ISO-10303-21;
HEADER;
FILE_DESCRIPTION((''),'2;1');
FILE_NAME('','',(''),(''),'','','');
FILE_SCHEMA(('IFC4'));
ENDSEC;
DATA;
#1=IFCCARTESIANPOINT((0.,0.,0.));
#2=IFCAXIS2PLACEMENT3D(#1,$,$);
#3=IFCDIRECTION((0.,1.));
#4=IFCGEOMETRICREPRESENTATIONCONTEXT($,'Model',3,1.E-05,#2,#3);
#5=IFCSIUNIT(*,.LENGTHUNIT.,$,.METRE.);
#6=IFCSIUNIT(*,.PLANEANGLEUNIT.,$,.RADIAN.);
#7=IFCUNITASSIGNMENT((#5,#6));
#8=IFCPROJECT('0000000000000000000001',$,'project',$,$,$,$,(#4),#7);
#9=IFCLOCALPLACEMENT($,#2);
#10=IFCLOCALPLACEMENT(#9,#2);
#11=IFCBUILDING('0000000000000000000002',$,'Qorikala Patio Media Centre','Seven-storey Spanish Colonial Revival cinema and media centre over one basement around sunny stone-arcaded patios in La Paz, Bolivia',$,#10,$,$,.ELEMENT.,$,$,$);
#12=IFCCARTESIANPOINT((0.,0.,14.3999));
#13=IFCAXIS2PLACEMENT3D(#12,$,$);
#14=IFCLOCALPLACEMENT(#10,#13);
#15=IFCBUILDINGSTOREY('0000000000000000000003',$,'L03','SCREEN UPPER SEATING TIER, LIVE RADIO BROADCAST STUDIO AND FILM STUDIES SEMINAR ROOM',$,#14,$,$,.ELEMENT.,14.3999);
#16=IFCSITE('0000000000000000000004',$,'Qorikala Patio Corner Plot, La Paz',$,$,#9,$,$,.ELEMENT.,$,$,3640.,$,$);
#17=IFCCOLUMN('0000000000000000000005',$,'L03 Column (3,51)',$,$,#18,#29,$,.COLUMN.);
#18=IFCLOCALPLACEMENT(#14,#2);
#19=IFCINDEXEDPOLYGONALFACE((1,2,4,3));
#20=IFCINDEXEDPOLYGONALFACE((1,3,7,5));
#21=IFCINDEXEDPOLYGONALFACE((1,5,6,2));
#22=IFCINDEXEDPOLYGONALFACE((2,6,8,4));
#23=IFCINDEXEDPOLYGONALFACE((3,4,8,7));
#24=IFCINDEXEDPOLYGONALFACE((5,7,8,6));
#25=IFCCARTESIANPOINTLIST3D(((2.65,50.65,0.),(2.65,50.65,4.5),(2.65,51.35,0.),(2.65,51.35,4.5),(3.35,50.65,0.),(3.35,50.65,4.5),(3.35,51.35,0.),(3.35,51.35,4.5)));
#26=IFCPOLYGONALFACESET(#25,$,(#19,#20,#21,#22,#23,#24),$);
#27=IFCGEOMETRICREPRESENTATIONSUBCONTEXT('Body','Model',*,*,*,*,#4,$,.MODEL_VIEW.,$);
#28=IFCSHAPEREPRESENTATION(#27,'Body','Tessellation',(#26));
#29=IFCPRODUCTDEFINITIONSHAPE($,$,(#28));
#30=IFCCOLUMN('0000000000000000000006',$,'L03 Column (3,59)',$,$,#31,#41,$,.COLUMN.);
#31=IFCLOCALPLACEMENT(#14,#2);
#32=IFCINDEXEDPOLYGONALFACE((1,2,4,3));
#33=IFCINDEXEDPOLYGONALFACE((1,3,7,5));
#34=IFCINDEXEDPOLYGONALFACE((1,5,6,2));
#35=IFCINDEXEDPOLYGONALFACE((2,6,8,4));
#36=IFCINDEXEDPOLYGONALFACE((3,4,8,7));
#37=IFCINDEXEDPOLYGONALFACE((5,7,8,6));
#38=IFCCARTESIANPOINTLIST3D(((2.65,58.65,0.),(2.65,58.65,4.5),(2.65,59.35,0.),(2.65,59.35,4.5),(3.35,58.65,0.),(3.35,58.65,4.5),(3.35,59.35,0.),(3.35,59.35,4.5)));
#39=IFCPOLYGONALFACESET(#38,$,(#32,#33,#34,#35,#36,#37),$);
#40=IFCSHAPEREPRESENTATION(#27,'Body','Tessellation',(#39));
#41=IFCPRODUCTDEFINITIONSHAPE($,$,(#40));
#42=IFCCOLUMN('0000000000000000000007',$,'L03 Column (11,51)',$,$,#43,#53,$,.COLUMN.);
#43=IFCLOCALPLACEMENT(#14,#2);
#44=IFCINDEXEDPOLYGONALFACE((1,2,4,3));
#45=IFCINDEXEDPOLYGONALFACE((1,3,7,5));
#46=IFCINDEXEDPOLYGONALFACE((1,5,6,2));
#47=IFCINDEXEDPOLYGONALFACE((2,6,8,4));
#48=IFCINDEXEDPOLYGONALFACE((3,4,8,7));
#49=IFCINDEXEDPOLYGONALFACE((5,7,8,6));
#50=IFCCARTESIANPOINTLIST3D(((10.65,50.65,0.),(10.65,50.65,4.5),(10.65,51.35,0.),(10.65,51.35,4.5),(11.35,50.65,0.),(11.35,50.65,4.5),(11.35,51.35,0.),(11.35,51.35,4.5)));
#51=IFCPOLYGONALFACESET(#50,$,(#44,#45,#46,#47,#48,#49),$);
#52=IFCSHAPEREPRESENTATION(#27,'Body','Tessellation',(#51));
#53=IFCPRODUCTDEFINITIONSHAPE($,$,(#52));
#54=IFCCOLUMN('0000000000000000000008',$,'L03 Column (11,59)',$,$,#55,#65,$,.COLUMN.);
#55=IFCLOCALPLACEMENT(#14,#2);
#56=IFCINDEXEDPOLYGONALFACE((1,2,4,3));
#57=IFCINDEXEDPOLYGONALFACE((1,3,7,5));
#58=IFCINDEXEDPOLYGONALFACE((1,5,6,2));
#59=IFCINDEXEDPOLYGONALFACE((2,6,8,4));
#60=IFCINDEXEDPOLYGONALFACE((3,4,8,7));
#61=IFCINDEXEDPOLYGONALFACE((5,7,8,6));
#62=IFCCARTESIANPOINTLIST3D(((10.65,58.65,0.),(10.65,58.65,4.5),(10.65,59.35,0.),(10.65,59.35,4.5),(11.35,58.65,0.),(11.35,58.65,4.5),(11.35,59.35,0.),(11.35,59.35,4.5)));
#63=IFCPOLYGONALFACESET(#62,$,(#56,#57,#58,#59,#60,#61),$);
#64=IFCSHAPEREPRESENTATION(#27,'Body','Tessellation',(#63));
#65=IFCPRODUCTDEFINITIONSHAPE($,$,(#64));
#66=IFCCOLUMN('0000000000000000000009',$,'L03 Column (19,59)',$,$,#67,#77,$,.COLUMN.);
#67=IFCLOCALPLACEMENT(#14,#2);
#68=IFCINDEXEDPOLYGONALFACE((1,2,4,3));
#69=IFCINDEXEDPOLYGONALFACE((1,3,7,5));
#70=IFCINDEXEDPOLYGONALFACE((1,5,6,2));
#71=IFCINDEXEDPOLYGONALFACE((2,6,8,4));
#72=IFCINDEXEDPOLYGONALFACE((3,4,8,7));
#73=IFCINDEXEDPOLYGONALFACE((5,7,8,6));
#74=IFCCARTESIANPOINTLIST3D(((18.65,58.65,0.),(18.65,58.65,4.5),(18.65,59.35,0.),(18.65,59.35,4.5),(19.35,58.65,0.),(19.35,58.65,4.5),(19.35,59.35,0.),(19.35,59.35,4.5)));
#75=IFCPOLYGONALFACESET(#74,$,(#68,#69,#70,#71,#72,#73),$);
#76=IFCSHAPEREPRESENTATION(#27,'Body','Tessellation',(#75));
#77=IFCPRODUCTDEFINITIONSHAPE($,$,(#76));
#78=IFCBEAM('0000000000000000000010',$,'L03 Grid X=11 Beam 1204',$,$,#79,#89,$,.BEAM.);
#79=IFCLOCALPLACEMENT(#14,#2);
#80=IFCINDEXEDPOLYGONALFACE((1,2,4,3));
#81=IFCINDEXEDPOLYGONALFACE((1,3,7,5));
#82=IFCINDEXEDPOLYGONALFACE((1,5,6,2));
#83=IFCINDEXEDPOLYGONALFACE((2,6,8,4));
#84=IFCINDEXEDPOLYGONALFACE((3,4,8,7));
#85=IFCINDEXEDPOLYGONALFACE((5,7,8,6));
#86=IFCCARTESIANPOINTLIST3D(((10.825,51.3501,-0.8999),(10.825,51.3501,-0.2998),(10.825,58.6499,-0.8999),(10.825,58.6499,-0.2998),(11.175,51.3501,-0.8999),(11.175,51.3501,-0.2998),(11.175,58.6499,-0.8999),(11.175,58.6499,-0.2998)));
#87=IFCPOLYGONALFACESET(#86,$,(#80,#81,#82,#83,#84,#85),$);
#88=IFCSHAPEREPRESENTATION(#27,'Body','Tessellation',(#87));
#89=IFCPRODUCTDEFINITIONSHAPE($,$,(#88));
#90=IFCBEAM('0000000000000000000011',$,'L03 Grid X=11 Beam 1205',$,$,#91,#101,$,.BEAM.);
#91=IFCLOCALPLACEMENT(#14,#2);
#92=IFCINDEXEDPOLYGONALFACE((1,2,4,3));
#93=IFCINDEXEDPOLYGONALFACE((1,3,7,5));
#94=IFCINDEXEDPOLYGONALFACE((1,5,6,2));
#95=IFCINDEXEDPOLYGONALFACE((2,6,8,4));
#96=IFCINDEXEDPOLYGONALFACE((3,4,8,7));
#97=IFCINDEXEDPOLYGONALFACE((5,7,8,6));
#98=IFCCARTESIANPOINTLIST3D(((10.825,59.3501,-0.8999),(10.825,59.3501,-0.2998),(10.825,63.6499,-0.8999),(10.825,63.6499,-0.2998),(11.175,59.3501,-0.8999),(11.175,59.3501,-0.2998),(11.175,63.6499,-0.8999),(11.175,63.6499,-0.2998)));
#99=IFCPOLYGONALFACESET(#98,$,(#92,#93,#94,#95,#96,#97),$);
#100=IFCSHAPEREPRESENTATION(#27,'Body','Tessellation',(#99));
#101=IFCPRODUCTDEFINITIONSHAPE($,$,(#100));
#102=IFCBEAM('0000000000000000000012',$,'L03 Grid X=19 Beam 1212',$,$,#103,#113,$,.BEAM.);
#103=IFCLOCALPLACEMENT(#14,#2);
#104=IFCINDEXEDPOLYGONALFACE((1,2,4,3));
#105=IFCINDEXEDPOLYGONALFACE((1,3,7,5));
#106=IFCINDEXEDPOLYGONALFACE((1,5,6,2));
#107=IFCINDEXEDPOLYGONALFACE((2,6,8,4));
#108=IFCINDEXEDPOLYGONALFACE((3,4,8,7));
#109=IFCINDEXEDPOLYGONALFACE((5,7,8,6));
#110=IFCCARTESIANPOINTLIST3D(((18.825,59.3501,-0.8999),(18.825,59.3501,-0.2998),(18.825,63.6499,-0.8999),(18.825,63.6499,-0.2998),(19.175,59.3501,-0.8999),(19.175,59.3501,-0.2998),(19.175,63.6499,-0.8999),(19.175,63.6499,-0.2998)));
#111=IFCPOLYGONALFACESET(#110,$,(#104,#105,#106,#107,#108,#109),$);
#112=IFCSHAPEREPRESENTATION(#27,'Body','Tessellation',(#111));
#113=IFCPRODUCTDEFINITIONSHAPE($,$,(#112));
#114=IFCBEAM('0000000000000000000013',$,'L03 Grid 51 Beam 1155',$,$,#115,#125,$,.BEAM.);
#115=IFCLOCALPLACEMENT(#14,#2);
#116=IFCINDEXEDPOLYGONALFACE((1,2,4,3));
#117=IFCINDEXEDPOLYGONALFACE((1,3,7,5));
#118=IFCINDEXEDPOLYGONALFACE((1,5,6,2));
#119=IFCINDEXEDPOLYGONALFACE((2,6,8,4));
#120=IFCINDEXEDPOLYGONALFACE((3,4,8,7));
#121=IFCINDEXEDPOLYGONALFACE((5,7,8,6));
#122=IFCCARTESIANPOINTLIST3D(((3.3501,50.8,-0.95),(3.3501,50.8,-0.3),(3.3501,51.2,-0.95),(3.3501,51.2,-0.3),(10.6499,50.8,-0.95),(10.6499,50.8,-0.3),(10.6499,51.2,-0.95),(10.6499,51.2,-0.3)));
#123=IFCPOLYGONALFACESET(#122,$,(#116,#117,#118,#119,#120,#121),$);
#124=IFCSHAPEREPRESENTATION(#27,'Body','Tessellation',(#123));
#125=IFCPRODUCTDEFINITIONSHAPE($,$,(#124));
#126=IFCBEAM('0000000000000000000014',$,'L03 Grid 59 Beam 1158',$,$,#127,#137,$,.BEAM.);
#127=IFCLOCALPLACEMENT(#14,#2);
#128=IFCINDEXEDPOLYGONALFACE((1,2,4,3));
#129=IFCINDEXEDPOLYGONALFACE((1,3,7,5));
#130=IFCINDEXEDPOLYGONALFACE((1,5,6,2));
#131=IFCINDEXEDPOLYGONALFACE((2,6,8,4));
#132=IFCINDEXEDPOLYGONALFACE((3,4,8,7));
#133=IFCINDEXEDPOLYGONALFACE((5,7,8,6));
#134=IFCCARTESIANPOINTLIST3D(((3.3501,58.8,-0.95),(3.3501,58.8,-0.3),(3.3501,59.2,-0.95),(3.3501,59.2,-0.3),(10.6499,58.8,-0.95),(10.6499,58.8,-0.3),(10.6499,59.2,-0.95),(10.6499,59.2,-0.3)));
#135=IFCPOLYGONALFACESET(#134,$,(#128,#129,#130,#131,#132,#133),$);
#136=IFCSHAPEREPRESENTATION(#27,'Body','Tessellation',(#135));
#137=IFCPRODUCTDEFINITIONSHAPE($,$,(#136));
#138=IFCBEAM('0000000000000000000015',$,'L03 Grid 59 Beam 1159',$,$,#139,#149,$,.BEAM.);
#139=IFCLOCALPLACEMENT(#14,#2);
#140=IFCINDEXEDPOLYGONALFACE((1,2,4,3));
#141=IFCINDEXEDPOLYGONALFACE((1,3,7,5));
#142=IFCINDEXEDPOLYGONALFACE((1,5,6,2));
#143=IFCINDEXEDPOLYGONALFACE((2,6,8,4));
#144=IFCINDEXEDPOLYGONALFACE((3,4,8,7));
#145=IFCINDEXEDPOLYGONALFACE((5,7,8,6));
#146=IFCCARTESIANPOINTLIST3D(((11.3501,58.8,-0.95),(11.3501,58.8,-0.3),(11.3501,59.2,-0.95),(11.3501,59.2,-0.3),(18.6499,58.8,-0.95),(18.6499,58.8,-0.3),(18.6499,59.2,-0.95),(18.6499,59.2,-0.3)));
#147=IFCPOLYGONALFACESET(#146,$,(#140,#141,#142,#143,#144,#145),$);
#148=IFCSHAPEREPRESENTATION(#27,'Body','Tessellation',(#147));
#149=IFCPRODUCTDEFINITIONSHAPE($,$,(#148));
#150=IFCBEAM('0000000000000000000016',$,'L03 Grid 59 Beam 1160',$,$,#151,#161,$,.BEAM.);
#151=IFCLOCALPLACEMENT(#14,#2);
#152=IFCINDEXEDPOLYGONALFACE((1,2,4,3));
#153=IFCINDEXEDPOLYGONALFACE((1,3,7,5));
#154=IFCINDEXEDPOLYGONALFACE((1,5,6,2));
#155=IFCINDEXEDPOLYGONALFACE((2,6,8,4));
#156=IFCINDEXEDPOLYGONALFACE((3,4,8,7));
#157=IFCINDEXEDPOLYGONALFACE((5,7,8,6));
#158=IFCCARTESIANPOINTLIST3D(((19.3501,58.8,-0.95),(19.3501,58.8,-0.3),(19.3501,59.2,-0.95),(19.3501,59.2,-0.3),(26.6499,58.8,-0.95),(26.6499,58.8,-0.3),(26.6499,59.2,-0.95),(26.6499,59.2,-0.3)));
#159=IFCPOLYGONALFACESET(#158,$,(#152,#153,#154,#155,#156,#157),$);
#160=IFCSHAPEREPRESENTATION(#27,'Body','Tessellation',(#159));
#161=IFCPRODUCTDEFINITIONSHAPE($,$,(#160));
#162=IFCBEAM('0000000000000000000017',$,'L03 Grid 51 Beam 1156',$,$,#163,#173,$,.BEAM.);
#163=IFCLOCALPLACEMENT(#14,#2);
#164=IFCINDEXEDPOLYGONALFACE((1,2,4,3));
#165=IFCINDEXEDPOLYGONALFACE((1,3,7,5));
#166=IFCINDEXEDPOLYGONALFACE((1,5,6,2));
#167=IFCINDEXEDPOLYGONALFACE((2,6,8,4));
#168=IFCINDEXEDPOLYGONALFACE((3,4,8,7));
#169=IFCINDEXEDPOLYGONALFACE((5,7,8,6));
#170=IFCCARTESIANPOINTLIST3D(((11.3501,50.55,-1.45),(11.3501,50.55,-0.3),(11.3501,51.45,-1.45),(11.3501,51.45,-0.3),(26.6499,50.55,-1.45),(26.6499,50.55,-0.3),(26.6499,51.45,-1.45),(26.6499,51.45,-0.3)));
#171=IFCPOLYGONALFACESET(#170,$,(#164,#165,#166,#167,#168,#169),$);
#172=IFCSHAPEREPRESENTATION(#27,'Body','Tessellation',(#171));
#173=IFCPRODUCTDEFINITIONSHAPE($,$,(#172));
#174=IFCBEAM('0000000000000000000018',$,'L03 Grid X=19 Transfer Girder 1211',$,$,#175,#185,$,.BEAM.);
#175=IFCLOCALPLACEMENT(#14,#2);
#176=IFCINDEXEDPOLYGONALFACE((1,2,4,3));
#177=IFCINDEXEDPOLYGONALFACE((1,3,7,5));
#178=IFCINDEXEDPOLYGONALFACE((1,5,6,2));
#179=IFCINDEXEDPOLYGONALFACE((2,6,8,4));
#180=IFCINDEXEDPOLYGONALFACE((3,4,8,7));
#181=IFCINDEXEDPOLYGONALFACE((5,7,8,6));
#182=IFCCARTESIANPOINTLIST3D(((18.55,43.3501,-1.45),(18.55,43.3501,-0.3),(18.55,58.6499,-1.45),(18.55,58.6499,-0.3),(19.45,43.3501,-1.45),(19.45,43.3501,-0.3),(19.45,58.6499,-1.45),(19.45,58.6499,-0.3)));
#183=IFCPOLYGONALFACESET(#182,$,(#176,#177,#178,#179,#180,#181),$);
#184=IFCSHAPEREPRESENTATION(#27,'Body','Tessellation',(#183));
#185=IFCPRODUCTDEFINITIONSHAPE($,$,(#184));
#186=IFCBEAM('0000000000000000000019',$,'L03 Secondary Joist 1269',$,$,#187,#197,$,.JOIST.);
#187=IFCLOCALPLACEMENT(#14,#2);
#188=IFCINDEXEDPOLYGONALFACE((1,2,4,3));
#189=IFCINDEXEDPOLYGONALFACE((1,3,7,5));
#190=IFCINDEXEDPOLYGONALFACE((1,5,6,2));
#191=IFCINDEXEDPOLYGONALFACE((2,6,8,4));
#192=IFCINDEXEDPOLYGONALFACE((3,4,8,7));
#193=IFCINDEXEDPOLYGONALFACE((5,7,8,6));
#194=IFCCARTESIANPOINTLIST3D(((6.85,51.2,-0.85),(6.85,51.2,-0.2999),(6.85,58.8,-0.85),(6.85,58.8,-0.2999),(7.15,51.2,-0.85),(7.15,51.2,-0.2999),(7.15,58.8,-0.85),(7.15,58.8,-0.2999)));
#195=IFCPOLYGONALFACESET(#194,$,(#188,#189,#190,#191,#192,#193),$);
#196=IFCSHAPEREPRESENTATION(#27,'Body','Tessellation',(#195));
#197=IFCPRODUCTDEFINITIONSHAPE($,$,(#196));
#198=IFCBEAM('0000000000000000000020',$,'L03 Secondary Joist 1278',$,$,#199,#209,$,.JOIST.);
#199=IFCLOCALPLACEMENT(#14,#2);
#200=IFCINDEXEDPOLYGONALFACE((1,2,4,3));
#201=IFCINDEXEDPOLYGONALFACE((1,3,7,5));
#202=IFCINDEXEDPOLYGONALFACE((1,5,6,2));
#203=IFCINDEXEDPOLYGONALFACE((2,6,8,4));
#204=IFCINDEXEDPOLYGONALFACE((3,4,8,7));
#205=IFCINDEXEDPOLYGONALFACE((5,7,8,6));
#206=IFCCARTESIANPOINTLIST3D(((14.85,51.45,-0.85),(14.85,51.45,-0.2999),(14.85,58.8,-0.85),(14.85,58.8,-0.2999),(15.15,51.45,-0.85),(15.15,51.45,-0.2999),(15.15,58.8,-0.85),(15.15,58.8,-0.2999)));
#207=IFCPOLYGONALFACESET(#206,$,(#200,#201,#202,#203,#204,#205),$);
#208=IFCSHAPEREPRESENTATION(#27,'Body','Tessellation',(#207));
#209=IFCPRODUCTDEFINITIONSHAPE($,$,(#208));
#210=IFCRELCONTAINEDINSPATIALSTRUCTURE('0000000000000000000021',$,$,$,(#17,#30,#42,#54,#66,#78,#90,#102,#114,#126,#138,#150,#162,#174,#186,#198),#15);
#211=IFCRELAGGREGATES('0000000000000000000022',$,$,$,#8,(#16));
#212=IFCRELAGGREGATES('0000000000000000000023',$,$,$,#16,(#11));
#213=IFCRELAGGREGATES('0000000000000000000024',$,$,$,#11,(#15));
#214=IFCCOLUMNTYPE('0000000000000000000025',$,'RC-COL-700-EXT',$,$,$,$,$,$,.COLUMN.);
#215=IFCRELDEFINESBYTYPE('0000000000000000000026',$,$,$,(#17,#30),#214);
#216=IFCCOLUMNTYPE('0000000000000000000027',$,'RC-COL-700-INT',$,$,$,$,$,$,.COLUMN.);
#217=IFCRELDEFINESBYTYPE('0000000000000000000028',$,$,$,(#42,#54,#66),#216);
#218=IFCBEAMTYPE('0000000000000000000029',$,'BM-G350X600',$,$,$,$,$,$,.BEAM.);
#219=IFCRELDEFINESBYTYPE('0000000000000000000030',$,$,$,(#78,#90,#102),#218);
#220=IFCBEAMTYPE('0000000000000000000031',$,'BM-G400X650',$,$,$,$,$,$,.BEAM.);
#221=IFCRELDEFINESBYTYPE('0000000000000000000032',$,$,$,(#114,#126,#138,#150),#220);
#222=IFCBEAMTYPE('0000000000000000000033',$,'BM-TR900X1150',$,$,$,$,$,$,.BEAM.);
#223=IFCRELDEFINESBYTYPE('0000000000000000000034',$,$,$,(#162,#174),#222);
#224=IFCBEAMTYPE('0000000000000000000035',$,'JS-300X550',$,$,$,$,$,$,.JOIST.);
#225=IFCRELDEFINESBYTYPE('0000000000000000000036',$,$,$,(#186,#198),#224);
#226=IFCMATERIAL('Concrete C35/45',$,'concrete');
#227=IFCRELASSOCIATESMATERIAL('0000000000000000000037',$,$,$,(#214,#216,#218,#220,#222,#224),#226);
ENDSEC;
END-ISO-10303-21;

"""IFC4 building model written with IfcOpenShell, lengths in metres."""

from ifc_helpers import new_model, si_unit, direction, frame, origin, origin_2d, place, context, subcontext, project, spatial, rectangle, extrude, material, material_profile, profile_set, type_object, element, save


model = new_model("IFC4")

# Units and contexts
model_context = context("Model", 3, precision=1e-05, world=origin(), true_north=direction((0.0, 1.0)))
body_context = subcontext(model_context, "Body", "Model", "MODEL_VIEW")
ifc_project = project(units=[si_unit("LENGTHUNIT", "METRE"), si_unit("PLANEANGLEUNIT", "RADIAN")], contexts=[model_context])

# Site, building, storey
site_placement = place(None, origin())
site = spatial("IfcSite", under=ifc_project, at=site_placement, Name="Qorikala Patio Corner Plot, La Paz", CompositionType="ELEMENT", RefElevation=3640.0)
building_placement = place(site_placement, origin())
building = spatial("IfcBuilding", under=site, at=building_placement, Name="Qorikala Patio Media Centre", Description="Seven-storey Spanish Colonial Revival cinema and media centre over one basement around sunny stone-arcaded patios in La Paz, Bolivia", CompositionType="ELEMENT")
storey_placement = place(building_placement, frame((0.0, 0.0, 14.3999)))
storey = spatial("IfcBuildingStorey", under=building, at=storey_placement, Name="L03", Description="SCREEN UPPER SEATING TIER, LIVE RADIO BROADCAST STUDIO AND FILM STUDIES SEMINAR ROOM", CompositionType="ELEMENT", Elevation=14.3999)

# Columns
ifc_material_1 = material(Name="Concrete C35/45", Category="concrete")
ifc_material_profile_1 = material_profile(ifc_material_1, rectangle(XDim=0.7, YDim=0.7, at=origin_2d()), Name="RC 700x700")
ifc_profile_set_1 = profile_set([ifc_material_profile_1], Name="Concrete C35/45")
column_type_1 = type_object("IfcColumnType", Name="RC-COL-700-EXT", PredefinedType="COLUMN", material=ifc_profile_set_1)
for number, where, z_axis, x_axis, name in (
    (1, (3.0, 51.0, 0.0), (0.0, 0.0, 1.0), (1.0, 0.0, 0.0), "L03 Column (3,51)"),
    (2, (3.0, 59.0, 0.0), (0.0, 0.0, 1.0), (1.0, 0.0, 0.0), "L03 Column (3,59)"),
):
    element("IfcColumn", number, at=place(storey_placement, frame(where, z_axis=z_axis, x_axis=x_axis)), inside=storey, type_object=column_type_1, Name=name, PredefinedType="COLUMN", context=body_context, shape_type="SweptSolid", body=[
        extrude(rectangle(XDim=0.7, YDim=0.7, at=origin_2d()), origin(), (0.0, 0.0, 1.0), 4.5),
    ])
ifc_material_profile_2 = material_profile(ifc_material_1, rectangle(XDim=0.7, YDim=0.7, at=origin_2d()), Name="RC 700x700")
ifc_profile_set_2 = profile_set([ifc_material_profile_2], Name="Concrete C35/45")
column_type_2 = type_object("IfcColumnType", Name="RC-COL-700-INT", PredefinedType="COLUMN", material=ifc_profile_set_2)
for number, where, z_axis, x_axis, name in (
    (3, (11.0, 51.0, 0.0), (0.0, 0.0, 1.0), (1.0, 0.0, 0.0), "L03 Column (11,51)"),
    (4, (11.0, 59.0, 0.0), (0.0, 0.0, 1.0), (1.0, 0.0, 0.0), "L03 Column (11,59)"),
    (5, (19.0, 59.0, 0.0), (0.0, 0.0, 1.0), (1.0, 0.0, 0.0), "L03 Column (19,59)"),
):
    element("IfcColumn", number, at=place(storey_placement, frame(where, z_axis=z_axis, x_axis=x_axis)), inside=storey, type_object=column_type_2, Name=name, PredefinedType="COLUMN", context=body_context, shape_type="SweptSolid", body=[
        extrude(rectangle(XDim=0.7, YDim=0.7, at=origin_2d()), origin(), (0.0, 0.0, 1.0), 4.5),
    ])

# Beams
ifc_material_profile_3 = material_profile(ifc_material_1, rectangle(XDim=0.3501, YDim=0.6001, at=origin_2d()), Name="RC 350x600")
ifc_profile_set_3 = profile_set([ifc_material_profile_3], Name="Concrete C35/45")
beam_type_1 = type_object("IfcBeamType", Name="BM-G350X600", PredefinedType="BEAM", material=ifc_profile_set_3)
beam_1_placement = place(storey_placement, frame((11.0, 51.3501, -0.5999), z_axis=(0.0, 1.0, 0.0), x_axis=(-1.0, 0.0, 0.0)))
element("IfcBeam", 6, at=beam_1_placement, inside=storey, type_object=beam_type_1, Name="L03 Grid X=11 Beam 1204", PredefinedType="BEAM", context=body_context, shape_type="SweptSolid", body=[
    extrude(rectangle(XDim=0.3501, YDim=0.6001, at=origin_2d()), origin(), (0.0, 0.0, 1.0), 7.2998),
])
for number, where, z_axis, x_axis, name in (
    (7, (11.0, 59.3501, -0.5999), (0.0, 1.0, 0.0), (-1.0, 0.0, 0.0), "L03 Grid X=11 Beam 1205"),
    (8, (19.0, 59.3501, -0.5999), (0.0, 1.0, 0.0), (-1.0, 0.0, 0.0), "L03 Grid X=19 Beam 1212"),
):
    element("IfcBeam", number, at=place(storey_placement, frame(where, z_axis=z_axis, x_axis=x_axis)), inside=storey, type_object=beam_type_1, Name=name, PredefinedType="BEAM", context=body_context, shape_type="SweptSolid", body=[
        extrude(rectangle(XDim=0.3501, YDim=0.6001, at=origin_2d()), origin(), (0.0, 0.0, 1.0), 4.2998),
    ])
ifc_material_profile_4 = material_profile(ifc_material_1, rectangle(XDim=0.3999, YDim=0.6499, at=origin_2d()), Name="RC 400x650")
ifc_profile_set_4 = profile_set([ifc_material_profile_4], Name="Concrete C35/45")
beam_type_2 = type_object("IfcBeamType", Name="BM-G400X650", PredefinedType="BEAM", material=ifc_profile_set_4)
for number, where, z_axis, x_axis, name in (
    (9, (3.3501, 51.0, -0.625), (1.0, 0.0, 0.0), (0.0, 1.0, 0.0), "L03 Grid 51 Beam 1155"),
    (10, (3.3501, 59.0, -0.625), (1.0, 0.0, 0.0), (0.0, 1.0, 0.0), "L03 Grid 59 Beam 1158"),
    (11, (11.3501, 59.0, -0.625), (1.0, 0.0, 0.0), (0.0, 1.0, 0.0), "L03 Grid 59 Beam 1159"),
    (12, (19.3501, 59.0, -0.625), (1.0, 0.0, 0.0), (0.0, 1.0, 0.0), "L03 Grid 59 Beam 1160"),
):
    element("IfcBeam", number, at=place(storey_placement, frame(where, z_axis=z_axis, x_axis=x_axis)), inside=storey, type_object=beam_type_2, Name=name, PredefinedType="BEAM", context=body_context, shape_type="SweptSolid", body=[
        extrude(rectangle(XDim=0.3999, YDim=0.6499, at=origin_2d()), origin(), (0.0, 0.0, 1.0), 7.2998),
    ])
ifc_material_profile_5 = material_profile(ifc_material_1, rectangle(XDim=0.8999, YDim=1.1499, at=origin_2d()), Name="RC 900x1150")
ifc_profile_set_5 = profile_set([ifc_material_profile_5], Name="Concrete C35/45")
beam_type_3 = type_object("IfcBeamType", Name="BM-TR900X1150", PredefinedType="BEAM", material=ifc_profile_set_5)
for number, where, z_axis, x_axis, name in (
    (13, (11.3501, 51.0, -0.875), (1.0, 0.0, 0.0), (0.0, 1.0, 0.0), "L03 Grid 51 Beam 1156"),
    (14, (19.0, 43.3501, -0.875), (0.0, 1.0, 0.0), (-1.0, 0.0, 0.0), "L03 Grid X=19 Transfer Girder 1211"),
):
    element("IfcBeam", number, at=place(storey_placement, frame(where, z_axis=z_axis, x_axis=x_axis)), inside=storey, type_object=beam_type_3, Name=name, PredefinedType="BEAM", context=body_context, shape_type="SweptSolid", body=[
        extrude(rectangle(XDim=0.8999, YDim=1.1499, at=origin_2d()), origin(), (0.0, 0.0, 1.0), 15.2998),
    ])
ifc_material_profile_6 = material_profile(ifc_material_1, rectangle(XDim=0.3, YDim=0.55, at=origin_2d()), Name="RC 300x550")
ifc_profile_set_6 = profile_set([ifc_material_profile_6], Name="Concrete C35/45")
beam_type_4 = type_object("IfcBeamType", Name="JS-300X550", PredefinedType="JOIST", material=ifc_profile_set_6)
beam_2_placement = place(storey_placement, frame((7.0, 51.2, -0.575), z_axis=(0.0, 1.0, 0.0), x_axis=(-1.0, 0.0, 0.0)))
element("IfcBeam", 15, at=beam_2_placement, inside=storey, type_object=beam_type_4, Name="L03 Secondary Joist 1269", PredefinedType="JOIST", context=body_context, shape_type="SweptSolid", body=[
    extrude(rectangle(XDim=0.3, YDim=0.55, at=origin_2d()), origin(), (0.0, 0.0, 1.0), 7.6001),
])
beam_3_placement = place(storey_placement, frame((15.0, 51.45, -0.575), z_axis=(0.0, 1.0, 0.0), x_axis=(-1.0, 0.0, 0.0)))
element("IfcBeam", 16, at=beam_3_placement, inside=storey, type_object=beam_type_4, Name="L03 Secondary Joist 1278", PredefinedType="JOIST", context=body_context, shape_type="SweptSolid", body=[
    extrude(rectangle(XDim=0.3, YDim=0.55, at=origin_2d()), origin(), (0.0, 0.0, 1.0), 7.3501),
])

save(model, "model.ifc")
